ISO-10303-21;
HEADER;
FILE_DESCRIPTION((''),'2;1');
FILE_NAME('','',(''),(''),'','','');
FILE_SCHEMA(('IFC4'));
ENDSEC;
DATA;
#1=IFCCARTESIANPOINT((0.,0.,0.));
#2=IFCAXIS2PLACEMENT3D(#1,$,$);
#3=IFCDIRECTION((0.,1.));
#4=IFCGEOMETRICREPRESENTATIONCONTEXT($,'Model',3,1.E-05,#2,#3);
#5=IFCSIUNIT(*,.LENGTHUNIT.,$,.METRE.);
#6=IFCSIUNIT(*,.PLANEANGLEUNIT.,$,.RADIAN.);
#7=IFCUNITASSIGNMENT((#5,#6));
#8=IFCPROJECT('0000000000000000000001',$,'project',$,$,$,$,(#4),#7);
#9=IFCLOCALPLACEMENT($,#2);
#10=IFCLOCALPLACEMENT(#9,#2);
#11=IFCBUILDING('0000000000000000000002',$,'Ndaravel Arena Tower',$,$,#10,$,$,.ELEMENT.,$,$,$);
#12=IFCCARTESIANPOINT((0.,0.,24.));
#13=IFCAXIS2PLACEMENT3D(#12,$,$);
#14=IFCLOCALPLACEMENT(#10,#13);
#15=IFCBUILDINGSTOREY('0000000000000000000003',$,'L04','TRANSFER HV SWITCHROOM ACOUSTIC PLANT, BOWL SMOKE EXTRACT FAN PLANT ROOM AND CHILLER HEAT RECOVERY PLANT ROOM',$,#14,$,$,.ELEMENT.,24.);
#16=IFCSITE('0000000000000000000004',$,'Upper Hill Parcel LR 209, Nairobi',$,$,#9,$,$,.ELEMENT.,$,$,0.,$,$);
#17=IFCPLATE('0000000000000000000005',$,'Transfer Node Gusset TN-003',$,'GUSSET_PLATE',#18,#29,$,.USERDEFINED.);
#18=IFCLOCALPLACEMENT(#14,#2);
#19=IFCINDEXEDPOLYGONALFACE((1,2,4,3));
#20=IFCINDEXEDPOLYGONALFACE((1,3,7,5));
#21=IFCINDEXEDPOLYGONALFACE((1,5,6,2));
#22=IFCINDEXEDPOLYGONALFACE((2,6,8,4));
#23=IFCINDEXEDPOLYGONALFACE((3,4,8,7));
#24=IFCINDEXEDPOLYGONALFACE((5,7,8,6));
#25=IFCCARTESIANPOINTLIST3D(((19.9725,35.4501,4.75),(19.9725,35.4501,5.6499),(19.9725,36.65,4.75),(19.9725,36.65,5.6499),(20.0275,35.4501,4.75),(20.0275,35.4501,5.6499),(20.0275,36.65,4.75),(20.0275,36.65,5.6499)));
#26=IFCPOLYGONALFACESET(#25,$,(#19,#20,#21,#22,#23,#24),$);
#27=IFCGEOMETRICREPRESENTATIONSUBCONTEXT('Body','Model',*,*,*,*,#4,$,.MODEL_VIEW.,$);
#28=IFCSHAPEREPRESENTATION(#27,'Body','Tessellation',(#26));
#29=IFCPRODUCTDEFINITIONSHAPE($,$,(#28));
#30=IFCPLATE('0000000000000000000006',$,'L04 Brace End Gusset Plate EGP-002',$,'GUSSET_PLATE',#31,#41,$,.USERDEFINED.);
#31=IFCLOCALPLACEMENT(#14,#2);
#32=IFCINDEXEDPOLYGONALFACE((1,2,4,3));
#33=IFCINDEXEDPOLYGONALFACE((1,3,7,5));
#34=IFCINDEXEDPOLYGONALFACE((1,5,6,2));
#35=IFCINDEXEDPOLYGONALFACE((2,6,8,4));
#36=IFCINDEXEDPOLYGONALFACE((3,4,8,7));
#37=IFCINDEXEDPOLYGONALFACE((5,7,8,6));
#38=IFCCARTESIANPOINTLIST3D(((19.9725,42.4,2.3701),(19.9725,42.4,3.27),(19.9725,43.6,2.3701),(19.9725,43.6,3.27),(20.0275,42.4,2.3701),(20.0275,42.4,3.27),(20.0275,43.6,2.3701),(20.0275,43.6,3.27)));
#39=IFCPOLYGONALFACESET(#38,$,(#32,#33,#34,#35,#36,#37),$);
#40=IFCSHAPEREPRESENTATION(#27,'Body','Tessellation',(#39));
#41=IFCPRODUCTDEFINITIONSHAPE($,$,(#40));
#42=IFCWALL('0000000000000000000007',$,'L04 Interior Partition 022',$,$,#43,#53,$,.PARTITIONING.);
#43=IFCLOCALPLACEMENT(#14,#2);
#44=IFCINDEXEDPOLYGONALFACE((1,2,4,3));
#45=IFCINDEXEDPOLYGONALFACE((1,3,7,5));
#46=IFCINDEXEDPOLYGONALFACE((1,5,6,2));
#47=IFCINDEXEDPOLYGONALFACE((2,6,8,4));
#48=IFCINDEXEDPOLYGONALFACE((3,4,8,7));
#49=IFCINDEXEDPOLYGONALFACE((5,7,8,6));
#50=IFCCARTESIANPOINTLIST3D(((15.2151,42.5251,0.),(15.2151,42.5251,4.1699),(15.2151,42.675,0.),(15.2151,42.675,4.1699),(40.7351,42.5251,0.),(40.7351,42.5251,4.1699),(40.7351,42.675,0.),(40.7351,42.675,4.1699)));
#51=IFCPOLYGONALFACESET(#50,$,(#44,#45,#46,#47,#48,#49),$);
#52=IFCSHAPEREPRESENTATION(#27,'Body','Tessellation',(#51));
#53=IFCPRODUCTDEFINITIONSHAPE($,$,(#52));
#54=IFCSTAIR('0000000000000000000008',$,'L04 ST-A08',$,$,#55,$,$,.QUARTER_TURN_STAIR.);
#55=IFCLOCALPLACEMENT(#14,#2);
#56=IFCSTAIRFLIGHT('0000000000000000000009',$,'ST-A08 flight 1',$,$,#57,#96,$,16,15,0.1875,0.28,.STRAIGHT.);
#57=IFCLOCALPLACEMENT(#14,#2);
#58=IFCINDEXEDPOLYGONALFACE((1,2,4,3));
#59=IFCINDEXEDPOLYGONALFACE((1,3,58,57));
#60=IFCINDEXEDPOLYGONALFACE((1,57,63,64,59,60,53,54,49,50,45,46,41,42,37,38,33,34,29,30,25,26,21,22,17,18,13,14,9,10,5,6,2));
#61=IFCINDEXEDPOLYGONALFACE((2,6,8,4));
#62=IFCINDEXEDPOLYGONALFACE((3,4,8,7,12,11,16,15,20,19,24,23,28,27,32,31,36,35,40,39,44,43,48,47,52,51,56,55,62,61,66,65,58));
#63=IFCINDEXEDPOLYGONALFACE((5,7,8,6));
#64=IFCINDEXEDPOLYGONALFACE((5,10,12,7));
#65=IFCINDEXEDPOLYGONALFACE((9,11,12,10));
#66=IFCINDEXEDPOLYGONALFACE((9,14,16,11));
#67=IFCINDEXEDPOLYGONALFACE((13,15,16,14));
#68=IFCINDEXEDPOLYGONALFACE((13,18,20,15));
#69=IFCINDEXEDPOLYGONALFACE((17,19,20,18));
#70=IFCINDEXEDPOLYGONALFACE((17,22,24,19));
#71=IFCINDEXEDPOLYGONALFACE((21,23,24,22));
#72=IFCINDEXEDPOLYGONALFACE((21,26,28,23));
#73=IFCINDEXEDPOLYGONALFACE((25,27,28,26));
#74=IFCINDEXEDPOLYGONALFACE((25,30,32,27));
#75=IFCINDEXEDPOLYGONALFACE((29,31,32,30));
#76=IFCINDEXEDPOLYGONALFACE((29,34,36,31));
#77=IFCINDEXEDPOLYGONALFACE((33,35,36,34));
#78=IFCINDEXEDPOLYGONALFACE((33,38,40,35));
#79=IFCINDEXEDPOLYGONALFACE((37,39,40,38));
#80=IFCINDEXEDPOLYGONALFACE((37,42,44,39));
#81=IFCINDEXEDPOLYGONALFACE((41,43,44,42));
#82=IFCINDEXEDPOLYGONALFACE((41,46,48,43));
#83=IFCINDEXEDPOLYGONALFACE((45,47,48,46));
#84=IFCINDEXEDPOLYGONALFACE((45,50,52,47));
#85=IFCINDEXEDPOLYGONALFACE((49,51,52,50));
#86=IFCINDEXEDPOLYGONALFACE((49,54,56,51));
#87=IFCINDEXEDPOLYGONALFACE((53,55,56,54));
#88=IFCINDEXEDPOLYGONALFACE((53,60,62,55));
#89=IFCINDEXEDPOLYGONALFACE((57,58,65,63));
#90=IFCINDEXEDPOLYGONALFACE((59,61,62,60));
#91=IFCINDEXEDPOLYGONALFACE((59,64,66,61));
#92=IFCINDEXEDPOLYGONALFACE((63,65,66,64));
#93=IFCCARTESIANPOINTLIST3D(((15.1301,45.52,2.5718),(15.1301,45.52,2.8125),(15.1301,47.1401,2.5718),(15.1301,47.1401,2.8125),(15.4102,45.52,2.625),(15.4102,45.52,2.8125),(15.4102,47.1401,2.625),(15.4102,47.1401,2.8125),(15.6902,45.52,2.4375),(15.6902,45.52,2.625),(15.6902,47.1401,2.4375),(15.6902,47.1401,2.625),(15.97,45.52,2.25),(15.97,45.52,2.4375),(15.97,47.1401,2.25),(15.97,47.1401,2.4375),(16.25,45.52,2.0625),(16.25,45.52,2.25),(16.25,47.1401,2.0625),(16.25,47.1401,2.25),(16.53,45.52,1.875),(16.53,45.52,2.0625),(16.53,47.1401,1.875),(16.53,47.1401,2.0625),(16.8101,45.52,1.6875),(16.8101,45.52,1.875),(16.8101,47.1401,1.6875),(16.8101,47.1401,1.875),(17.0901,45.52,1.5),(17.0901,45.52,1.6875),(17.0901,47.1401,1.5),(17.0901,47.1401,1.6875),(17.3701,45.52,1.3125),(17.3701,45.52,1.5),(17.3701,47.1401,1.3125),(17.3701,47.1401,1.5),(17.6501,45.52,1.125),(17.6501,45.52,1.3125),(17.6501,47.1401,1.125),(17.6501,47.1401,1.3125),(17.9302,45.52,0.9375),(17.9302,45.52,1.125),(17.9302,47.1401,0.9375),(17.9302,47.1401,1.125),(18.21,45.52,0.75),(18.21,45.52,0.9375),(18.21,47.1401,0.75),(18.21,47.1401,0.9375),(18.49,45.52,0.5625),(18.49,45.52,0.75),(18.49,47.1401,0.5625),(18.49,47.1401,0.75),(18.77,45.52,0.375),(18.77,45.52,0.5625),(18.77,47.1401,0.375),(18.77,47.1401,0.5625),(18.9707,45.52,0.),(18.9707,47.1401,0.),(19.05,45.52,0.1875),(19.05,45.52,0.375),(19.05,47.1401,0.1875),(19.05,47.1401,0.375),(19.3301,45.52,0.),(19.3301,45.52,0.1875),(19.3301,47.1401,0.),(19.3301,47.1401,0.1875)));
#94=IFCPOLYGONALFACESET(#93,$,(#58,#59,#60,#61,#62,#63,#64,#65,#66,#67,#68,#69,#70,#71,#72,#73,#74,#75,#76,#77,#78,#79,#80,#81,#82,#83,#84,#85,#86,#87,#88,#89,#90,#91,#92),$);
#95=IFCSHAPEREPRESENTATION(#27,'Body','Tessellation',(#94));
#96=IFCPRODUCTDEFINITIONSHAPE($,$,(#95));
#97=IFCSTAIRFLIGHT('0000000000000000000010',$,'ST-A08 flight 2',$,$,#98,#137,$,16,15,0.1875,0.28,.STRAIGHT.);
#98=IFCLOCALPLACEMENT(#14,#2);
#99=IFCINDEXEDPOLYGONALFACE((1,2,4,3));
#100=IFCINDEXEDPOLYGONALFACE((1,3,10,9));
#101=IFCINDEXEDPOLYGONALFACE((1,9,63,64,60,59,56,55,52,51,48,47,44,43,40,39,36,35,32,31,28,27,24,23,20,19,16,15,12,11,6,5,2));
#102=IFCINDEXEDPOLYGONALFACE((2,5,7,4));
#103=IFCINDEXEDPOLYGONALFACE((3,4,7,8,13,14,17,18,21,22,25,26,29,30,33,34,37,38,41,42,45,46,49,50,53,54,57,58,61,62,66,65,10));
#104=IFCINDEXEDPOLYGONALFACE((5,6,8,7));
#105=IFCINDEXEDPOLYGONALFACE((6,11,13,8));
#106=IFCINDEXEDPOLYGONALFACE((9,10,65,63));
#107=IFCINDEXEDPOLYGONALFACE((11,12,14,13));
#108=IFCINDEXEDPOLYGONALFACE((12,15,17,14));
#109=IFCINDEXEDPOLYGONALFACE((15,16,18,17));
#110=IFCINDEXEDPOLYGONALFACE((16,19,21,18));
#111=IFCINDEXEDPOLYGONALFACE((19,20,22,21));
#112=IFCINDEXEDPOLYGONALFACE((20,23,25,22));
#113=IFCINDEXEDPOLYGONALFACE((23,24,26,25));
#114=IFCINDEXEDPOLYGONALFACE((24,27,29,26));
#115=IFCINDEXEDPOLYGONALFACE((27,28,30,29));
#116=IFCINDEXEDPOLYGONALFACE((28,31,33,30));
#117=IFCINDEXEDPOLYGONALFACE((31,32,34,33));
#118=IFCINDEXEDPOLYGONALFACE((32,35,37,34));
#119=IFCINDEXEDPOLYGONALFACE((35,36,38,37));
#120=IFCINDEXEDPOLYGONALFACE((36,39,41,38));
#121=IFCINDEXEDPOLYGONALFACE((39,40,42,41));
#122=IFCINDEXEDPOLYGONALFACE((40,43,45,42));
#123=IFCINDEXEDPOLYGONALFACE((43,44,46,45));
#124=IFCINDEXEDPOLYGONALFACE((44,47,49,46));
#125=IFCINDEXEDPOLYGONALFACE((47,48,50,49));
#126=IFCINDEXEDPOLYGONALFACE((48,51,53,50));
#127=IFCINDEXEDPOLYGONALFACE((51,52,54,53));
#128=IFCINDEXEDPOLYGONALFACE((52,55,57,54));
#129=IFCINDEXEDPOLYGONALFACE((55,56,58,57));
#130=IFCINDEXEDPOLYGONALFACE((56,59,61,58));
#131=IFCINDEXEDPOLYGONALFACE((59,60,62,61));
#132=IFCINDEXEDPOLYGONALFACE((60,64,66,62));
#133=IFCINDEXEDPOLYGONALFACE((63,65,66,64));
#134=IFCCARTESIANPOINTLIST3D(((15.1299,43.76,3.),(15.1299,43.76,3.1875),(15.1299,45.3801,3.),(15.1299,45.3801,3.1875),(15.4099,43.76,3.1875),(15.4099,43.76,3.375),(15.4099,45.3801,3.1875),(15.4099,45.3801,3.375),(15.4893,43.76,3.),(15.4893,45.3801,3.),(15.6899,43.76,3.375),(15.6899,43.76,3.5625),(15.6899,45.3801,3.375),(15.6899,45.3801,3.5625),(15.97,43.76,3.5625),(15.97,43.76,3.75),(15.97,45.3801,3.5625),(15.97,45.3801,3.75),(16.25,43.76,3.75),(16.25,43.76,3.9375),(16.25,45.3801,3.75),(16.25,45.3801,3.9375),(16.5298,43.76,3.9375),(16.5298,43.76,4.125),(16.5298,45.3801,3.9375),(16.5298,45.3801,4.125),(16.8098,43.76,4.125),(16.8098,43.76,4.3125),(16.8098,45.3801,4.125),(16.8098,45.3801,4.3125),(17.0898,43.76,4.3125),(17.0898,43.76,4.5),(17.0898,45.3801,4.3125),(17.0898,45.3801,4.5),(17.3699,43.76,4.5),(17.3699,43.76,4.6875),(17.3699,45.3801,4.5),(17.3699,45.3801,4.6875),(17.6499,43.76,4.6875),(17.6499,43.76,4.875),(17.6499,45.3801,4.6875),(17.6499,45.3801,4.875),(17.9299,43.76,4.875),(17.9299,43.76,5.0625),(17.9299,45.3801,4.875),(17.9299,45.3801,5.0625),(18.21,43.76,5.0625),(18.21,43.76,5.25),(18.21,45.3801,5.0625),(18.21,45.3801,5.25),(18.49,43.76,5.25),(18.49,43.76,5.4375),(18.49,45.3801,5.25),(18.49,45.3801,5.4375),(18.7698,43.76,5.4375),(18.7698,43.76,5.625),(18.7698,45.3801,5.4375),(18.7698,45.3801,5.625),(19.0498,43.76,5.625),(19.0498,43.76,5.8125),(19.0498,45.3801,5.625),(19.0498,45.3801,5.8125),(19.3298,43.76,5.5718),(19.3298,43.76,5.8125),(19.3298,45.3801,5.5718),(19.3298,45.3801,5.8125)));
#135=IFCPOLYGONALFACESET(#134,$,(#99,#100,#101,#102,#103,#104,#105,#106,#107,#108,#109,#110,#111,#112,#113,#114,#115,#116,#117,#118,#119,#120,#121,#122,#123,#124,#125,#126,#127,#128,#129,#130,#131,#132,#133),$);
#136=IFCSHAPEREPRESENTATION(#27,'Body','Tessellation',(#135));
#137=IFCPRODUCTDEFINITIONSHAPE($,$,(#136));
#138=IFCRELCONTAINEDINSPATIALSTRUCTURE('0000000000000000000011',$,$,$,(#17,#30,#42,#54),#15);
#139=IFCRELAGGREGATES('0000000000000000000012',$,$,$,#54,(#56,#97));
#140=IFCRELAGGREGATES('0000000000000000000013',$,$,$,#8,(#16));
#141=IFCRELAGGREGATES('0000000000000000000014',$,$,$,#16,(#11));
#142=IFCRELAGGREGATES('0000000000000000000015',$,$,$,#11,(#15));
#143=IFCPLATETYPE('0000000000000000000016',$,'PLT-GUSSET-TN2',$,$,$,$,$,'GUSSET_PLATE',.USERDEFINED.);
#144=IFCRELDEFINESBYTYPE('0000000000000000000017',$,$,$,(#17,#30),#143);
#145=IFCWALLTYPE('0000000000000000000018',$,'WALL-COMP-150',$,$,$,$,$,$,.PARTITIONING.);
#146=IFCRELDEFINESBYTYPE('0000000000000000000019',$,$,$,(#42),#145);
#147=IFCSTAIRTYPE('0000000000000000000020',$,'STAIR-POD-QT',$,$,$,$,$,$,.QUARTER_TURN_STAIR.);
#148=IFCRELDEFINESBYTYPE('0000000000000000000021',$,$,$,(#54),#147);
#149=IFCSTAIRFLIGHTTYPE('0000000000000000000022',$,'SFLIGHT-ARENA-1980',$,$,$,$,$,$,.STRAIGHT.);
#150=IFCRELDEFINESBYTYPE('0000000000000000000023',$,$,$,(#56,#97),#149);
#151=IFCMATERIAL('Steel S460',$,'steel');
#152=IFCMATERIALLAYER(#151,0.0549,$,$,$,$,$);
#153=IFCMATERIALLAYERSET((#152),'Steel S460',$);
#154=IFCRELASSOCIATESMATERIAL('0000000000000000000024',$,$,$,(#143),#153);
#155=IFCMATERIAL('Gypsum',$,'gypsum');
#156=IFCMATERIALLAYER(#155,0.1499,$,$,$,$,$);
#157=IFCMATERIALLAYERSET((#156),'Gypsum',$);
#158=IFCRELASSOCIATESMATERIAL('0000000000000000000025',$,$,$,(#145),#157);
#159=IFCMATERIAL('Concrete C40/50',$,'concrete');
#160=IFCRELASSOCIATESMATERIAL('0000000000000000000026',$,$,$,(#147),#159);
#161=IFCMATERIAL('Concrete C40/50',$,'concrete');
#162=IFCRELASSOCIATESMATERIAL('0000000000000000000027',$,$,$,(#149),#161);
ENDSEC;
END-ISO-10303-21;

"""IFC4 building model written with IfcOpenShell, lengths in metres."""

from ifc_helpers import new_model, si_unit, direction, frame, frame_2d, origin, origin_2d, place, context, subcontext, project, spatial, polyline, rectangle, outline, extrude, material, layer, layer_set, type_object, element, aggregate, save


model = new_model("IFC4")

# Units and contexts
model_context = context("Model", 3, precision=1e-05, world=origin(), true_north=direction((0.0, 1.0)))
body_context = subcontext(model_context, "Body", "Model", "MODEL_VIEW")
ifc_project = project(units=[si_unit("LENGTHUNIT", "METRE"), si_unit("PLANEANGLEUNIT", "RADIAN")], contexts=[model_context])

# Site, building, storey
site_placement = place(None, origin())
site = spatial("IfcSite", under=ifc_project, at=site_placement, Name="Upper Hill Parcel LR 209, Nairobi", CompositionType="ELEMENT", RefElevation=0.0)
building_placement = place(site_placement, origin())
building = spatial("IfcBuilding", under=site, at=building_placement, Name="Ndaravel Arena Tower", CompositionType="ELEMENT")
storey_placement = place(building_placement, frame((0.0, 0.0, 24.0)))
storey = spatial("IfcBuildingStorey", under=building, at=storey_placement, Name="L04", Description="TRANSFER HV SWITCHROOM ACOUSTIC PLANT, BOWL SMOKE EXTRACT FAN PLANT ROOM AND CHILLER HEAT RECOVERY PLANT ROOM", CompositionType="ELEMENT", Elevation=24.0)

# Plates
ifc_material_1 = material(Name="Steel S460", Category="steel")
ifc_layer_1 = layer(ifc_material_1, 0.0549)
ifc_layer_set_1 = layer_set([ifc_layer_1], Name="Steel S460")
plate_type_1 = type_object("IfcPlateType", Name="PLT-GUSSET-TN2", ElementType="GUSSET_PLATE", PredefinedType="USERDEFINED", material=ifc_layer_set_1)
for number, where, z_axis, x_axis, name in (
    (1, (20.0, 36.05, 4.75), (0.0, 0.0, 1.0), (1.0, 0.0, 0.0), "Transfer Node Gusset TN-003"),
    (2, (20.0, 43.0, 2.3701), (0.0, 0.0, 1.0), (1.0, 0.0, 0.0), "L04 Brace End Gusset Plate EGP-002"),
):
    element("IfcPlate", number, at=place(storey_placement, frame(where, z_axis=z_axis, x_axis=x_axis)), inside=storey, type_object=plate_type_1, Name=name, ObjectType="GUSSET_PLATE", PredefinedType="USERDEFINED", context=body_context, shape_type="SweptSolid", body=[
        extrude(rectangle(XDim=0.0549, YDim=1.2, at=origin_2d()), origin(), (0.0, 0.0, 1.0), 0.8999),
    ])

# Wall
ifc_material_2 = material(Name="Gypsum", Category="gypsum")
ifc_layer_2 = layer(ifc_material_2, 0.1499)
ifc_layer_set_2 = layer_set([ifc_layer_2], Name="Gypsum")
wall_type = type_object("IfcWallType", Name="WALL-COMP-150", PredefinedType="PARTITIONING", material=ifc_layer_set_2)
wall_placement = place(storey_placement, frame((15.2151, 42.6001, 0.0), z_axis=(0.0, 0.0, 1.0), x_axis=(1.0, 0.0, 0.0)))
element("IfcWall", 3, at=wall_placement, inside=storey, type_object=wall_type, Name="L04 Interior Partition 022", PredefinedType="PARTITIONING", context=body_context, shape_type="SweptSolid", body=[
    extrude(rectangle(XDim=25.52, YDim=0.1499, at=frame_2d((12.76, 0.0))), origin(), (0.0, 0.0, 1.0), 4.1699),
])

# Stair, stair flights
ifc_material_3 = material(Name="Concrete C40/50", Category="concrete")
stair_type = type_object("IfcStairType", Name="STAIR-POD-QT", PredefinedType="QUARTER_TURN_STAIR", material=ifc_material_3)
stair_placement = place(storey_placement, origin())
stair = element("IfcStair", 4, at=stair_placement, inside=storey, type_object=stair_type, Name="L04 ST-A08", PredefinedType="QUARTER_TURN_STAIR")
ifc_material_4 = material(Name="Concrete C40/50", Category="concrete")
stair_flight_type = type_object("IfcStairFlightType", Name="SFLIGHT-ARENA-1980", PredefinedType="STRAIGHT", material=ifc_material_4)
stair_flight_1_placement = place(storey_placement, frame((19.3301, 46.3301, 0.0), z_axis=(0.0, 0.0, 1.0), x_axis=(-1.0, 0.0, 0.0)))
stair_flight_1 = element("IfcStairFlight", 5, at=stair_flight_1_placement, type_object=stair_flight_type, Name="ST-A08 flight 1", NumberOfRisers=16, NumberOfTreads=15, PredefinedType="STRAIGHT", RiserHeight=0.1875, TreadLength=0.28, context=body_context, shape_type="SweptSolid", body=[
    extrude(outline(polyline([(0.0, 0.0), (0.0, 0.1875), (0.28, 0.1875), (0.28, 0.375), (0.5601, 0.375), (0.5601, 0.5625), (0.8401, 0.5625), (0.8401, 0.75), (1.1201, 0.75), (1.1201, 0.9375), (1.3999, 0.9375), (1.3999, 1.125), (1.6799, 1.125), (1.6799, 1.3125), (1.96, 1.3125), (1.96, 1.5), (2.24, 1.5), (2.24, 1.6875), (2.52, 1.6875), (2.52, 1.875), (2.8, 1.875), (2.8, 2.0625), (3.0801, 2.0625), (3.0801, 2.25), (3.3601, 2.25), (3.3601, 2.4375), (3.6399, 2.4375), (3.6399, 2.625), (3.9199, 2.625), (3.9199, 2.8125), (4.2, 2.8125), (4.2, 3.0), (4.2, 2.5718), (0.3594, 0.0), (0.0, 0.0)])), frame((0.0, 0.8101, 0.0), z_axis=(0.0, -1.0, 0.0), x_axis=(1.0, 0.0, 0.0)), (0.0, 0.0, 1.0), 1.6201),
])
stair_flight_2_placement = place(storey_placement, frame((15.1299, 44.5701, 3.0), z_axis=(0.0, 0.0, 1.0), x_axis=(1.0, 0.0, 0.0)))
stair_flight_2 = element("IfcStairFlight", 6, at=stair_flight_2_placement, type_object=stair_flight_type, Name="ST-A08 flight 2", NumberOfRisers=16, NumberOfTreads=15, PredefinedType="STRAIGHT", RiserHeight=0.1875, TreadLength=0.28, context=body_context, shape_type="SweptSolid", body=[
    extrude(outline(polyline([(0.0, 0.0), (0.0, 0.1875), (0.28, 0.1875), (0.28, 0.375), (0.5601, 0.375), (0.5601, 0.5625), (0.8401, 0.5625), (0.8401, 0.75), (1.1201, 0.75), (1.1201, 0.9375), (1.3999, 0.9375), (1.3999, 1.125), (1.6799, 1.125), (1.6799, 1.3125), (1.96, 1.3125), (1.96, 1.5), (2.24, 1.5), (2.24, 1.6875), (2.52, 1.6875), (2.52, 1.875), (2.8, 1.875), (2.8, 2.0625), (3.0801, 2.0625), (3.0801, 2.25), (3.3601, 2.25), (3.3601, 2.4375), (3.6399, 2.4375), (3.6399, 2.625), (3.9199, 2.625), (3.9199, 2.8125), (4.2, 2.8125), (4.2, 3.0), (4.2, 2.5718), (0.3594, 0.0), (0.0, 0.0)])), frame((0.0, 0.8101, 0.0), z_axis=(0.0, -1.0, 0.0), x_axis=(1.0, 0.0, 0.0)), (0.0, 0.0, 1.0), 1.6201),
])
aggregate(stair, [stair_flight_1, stair_flight_2])

save(model, "model.ifc")
